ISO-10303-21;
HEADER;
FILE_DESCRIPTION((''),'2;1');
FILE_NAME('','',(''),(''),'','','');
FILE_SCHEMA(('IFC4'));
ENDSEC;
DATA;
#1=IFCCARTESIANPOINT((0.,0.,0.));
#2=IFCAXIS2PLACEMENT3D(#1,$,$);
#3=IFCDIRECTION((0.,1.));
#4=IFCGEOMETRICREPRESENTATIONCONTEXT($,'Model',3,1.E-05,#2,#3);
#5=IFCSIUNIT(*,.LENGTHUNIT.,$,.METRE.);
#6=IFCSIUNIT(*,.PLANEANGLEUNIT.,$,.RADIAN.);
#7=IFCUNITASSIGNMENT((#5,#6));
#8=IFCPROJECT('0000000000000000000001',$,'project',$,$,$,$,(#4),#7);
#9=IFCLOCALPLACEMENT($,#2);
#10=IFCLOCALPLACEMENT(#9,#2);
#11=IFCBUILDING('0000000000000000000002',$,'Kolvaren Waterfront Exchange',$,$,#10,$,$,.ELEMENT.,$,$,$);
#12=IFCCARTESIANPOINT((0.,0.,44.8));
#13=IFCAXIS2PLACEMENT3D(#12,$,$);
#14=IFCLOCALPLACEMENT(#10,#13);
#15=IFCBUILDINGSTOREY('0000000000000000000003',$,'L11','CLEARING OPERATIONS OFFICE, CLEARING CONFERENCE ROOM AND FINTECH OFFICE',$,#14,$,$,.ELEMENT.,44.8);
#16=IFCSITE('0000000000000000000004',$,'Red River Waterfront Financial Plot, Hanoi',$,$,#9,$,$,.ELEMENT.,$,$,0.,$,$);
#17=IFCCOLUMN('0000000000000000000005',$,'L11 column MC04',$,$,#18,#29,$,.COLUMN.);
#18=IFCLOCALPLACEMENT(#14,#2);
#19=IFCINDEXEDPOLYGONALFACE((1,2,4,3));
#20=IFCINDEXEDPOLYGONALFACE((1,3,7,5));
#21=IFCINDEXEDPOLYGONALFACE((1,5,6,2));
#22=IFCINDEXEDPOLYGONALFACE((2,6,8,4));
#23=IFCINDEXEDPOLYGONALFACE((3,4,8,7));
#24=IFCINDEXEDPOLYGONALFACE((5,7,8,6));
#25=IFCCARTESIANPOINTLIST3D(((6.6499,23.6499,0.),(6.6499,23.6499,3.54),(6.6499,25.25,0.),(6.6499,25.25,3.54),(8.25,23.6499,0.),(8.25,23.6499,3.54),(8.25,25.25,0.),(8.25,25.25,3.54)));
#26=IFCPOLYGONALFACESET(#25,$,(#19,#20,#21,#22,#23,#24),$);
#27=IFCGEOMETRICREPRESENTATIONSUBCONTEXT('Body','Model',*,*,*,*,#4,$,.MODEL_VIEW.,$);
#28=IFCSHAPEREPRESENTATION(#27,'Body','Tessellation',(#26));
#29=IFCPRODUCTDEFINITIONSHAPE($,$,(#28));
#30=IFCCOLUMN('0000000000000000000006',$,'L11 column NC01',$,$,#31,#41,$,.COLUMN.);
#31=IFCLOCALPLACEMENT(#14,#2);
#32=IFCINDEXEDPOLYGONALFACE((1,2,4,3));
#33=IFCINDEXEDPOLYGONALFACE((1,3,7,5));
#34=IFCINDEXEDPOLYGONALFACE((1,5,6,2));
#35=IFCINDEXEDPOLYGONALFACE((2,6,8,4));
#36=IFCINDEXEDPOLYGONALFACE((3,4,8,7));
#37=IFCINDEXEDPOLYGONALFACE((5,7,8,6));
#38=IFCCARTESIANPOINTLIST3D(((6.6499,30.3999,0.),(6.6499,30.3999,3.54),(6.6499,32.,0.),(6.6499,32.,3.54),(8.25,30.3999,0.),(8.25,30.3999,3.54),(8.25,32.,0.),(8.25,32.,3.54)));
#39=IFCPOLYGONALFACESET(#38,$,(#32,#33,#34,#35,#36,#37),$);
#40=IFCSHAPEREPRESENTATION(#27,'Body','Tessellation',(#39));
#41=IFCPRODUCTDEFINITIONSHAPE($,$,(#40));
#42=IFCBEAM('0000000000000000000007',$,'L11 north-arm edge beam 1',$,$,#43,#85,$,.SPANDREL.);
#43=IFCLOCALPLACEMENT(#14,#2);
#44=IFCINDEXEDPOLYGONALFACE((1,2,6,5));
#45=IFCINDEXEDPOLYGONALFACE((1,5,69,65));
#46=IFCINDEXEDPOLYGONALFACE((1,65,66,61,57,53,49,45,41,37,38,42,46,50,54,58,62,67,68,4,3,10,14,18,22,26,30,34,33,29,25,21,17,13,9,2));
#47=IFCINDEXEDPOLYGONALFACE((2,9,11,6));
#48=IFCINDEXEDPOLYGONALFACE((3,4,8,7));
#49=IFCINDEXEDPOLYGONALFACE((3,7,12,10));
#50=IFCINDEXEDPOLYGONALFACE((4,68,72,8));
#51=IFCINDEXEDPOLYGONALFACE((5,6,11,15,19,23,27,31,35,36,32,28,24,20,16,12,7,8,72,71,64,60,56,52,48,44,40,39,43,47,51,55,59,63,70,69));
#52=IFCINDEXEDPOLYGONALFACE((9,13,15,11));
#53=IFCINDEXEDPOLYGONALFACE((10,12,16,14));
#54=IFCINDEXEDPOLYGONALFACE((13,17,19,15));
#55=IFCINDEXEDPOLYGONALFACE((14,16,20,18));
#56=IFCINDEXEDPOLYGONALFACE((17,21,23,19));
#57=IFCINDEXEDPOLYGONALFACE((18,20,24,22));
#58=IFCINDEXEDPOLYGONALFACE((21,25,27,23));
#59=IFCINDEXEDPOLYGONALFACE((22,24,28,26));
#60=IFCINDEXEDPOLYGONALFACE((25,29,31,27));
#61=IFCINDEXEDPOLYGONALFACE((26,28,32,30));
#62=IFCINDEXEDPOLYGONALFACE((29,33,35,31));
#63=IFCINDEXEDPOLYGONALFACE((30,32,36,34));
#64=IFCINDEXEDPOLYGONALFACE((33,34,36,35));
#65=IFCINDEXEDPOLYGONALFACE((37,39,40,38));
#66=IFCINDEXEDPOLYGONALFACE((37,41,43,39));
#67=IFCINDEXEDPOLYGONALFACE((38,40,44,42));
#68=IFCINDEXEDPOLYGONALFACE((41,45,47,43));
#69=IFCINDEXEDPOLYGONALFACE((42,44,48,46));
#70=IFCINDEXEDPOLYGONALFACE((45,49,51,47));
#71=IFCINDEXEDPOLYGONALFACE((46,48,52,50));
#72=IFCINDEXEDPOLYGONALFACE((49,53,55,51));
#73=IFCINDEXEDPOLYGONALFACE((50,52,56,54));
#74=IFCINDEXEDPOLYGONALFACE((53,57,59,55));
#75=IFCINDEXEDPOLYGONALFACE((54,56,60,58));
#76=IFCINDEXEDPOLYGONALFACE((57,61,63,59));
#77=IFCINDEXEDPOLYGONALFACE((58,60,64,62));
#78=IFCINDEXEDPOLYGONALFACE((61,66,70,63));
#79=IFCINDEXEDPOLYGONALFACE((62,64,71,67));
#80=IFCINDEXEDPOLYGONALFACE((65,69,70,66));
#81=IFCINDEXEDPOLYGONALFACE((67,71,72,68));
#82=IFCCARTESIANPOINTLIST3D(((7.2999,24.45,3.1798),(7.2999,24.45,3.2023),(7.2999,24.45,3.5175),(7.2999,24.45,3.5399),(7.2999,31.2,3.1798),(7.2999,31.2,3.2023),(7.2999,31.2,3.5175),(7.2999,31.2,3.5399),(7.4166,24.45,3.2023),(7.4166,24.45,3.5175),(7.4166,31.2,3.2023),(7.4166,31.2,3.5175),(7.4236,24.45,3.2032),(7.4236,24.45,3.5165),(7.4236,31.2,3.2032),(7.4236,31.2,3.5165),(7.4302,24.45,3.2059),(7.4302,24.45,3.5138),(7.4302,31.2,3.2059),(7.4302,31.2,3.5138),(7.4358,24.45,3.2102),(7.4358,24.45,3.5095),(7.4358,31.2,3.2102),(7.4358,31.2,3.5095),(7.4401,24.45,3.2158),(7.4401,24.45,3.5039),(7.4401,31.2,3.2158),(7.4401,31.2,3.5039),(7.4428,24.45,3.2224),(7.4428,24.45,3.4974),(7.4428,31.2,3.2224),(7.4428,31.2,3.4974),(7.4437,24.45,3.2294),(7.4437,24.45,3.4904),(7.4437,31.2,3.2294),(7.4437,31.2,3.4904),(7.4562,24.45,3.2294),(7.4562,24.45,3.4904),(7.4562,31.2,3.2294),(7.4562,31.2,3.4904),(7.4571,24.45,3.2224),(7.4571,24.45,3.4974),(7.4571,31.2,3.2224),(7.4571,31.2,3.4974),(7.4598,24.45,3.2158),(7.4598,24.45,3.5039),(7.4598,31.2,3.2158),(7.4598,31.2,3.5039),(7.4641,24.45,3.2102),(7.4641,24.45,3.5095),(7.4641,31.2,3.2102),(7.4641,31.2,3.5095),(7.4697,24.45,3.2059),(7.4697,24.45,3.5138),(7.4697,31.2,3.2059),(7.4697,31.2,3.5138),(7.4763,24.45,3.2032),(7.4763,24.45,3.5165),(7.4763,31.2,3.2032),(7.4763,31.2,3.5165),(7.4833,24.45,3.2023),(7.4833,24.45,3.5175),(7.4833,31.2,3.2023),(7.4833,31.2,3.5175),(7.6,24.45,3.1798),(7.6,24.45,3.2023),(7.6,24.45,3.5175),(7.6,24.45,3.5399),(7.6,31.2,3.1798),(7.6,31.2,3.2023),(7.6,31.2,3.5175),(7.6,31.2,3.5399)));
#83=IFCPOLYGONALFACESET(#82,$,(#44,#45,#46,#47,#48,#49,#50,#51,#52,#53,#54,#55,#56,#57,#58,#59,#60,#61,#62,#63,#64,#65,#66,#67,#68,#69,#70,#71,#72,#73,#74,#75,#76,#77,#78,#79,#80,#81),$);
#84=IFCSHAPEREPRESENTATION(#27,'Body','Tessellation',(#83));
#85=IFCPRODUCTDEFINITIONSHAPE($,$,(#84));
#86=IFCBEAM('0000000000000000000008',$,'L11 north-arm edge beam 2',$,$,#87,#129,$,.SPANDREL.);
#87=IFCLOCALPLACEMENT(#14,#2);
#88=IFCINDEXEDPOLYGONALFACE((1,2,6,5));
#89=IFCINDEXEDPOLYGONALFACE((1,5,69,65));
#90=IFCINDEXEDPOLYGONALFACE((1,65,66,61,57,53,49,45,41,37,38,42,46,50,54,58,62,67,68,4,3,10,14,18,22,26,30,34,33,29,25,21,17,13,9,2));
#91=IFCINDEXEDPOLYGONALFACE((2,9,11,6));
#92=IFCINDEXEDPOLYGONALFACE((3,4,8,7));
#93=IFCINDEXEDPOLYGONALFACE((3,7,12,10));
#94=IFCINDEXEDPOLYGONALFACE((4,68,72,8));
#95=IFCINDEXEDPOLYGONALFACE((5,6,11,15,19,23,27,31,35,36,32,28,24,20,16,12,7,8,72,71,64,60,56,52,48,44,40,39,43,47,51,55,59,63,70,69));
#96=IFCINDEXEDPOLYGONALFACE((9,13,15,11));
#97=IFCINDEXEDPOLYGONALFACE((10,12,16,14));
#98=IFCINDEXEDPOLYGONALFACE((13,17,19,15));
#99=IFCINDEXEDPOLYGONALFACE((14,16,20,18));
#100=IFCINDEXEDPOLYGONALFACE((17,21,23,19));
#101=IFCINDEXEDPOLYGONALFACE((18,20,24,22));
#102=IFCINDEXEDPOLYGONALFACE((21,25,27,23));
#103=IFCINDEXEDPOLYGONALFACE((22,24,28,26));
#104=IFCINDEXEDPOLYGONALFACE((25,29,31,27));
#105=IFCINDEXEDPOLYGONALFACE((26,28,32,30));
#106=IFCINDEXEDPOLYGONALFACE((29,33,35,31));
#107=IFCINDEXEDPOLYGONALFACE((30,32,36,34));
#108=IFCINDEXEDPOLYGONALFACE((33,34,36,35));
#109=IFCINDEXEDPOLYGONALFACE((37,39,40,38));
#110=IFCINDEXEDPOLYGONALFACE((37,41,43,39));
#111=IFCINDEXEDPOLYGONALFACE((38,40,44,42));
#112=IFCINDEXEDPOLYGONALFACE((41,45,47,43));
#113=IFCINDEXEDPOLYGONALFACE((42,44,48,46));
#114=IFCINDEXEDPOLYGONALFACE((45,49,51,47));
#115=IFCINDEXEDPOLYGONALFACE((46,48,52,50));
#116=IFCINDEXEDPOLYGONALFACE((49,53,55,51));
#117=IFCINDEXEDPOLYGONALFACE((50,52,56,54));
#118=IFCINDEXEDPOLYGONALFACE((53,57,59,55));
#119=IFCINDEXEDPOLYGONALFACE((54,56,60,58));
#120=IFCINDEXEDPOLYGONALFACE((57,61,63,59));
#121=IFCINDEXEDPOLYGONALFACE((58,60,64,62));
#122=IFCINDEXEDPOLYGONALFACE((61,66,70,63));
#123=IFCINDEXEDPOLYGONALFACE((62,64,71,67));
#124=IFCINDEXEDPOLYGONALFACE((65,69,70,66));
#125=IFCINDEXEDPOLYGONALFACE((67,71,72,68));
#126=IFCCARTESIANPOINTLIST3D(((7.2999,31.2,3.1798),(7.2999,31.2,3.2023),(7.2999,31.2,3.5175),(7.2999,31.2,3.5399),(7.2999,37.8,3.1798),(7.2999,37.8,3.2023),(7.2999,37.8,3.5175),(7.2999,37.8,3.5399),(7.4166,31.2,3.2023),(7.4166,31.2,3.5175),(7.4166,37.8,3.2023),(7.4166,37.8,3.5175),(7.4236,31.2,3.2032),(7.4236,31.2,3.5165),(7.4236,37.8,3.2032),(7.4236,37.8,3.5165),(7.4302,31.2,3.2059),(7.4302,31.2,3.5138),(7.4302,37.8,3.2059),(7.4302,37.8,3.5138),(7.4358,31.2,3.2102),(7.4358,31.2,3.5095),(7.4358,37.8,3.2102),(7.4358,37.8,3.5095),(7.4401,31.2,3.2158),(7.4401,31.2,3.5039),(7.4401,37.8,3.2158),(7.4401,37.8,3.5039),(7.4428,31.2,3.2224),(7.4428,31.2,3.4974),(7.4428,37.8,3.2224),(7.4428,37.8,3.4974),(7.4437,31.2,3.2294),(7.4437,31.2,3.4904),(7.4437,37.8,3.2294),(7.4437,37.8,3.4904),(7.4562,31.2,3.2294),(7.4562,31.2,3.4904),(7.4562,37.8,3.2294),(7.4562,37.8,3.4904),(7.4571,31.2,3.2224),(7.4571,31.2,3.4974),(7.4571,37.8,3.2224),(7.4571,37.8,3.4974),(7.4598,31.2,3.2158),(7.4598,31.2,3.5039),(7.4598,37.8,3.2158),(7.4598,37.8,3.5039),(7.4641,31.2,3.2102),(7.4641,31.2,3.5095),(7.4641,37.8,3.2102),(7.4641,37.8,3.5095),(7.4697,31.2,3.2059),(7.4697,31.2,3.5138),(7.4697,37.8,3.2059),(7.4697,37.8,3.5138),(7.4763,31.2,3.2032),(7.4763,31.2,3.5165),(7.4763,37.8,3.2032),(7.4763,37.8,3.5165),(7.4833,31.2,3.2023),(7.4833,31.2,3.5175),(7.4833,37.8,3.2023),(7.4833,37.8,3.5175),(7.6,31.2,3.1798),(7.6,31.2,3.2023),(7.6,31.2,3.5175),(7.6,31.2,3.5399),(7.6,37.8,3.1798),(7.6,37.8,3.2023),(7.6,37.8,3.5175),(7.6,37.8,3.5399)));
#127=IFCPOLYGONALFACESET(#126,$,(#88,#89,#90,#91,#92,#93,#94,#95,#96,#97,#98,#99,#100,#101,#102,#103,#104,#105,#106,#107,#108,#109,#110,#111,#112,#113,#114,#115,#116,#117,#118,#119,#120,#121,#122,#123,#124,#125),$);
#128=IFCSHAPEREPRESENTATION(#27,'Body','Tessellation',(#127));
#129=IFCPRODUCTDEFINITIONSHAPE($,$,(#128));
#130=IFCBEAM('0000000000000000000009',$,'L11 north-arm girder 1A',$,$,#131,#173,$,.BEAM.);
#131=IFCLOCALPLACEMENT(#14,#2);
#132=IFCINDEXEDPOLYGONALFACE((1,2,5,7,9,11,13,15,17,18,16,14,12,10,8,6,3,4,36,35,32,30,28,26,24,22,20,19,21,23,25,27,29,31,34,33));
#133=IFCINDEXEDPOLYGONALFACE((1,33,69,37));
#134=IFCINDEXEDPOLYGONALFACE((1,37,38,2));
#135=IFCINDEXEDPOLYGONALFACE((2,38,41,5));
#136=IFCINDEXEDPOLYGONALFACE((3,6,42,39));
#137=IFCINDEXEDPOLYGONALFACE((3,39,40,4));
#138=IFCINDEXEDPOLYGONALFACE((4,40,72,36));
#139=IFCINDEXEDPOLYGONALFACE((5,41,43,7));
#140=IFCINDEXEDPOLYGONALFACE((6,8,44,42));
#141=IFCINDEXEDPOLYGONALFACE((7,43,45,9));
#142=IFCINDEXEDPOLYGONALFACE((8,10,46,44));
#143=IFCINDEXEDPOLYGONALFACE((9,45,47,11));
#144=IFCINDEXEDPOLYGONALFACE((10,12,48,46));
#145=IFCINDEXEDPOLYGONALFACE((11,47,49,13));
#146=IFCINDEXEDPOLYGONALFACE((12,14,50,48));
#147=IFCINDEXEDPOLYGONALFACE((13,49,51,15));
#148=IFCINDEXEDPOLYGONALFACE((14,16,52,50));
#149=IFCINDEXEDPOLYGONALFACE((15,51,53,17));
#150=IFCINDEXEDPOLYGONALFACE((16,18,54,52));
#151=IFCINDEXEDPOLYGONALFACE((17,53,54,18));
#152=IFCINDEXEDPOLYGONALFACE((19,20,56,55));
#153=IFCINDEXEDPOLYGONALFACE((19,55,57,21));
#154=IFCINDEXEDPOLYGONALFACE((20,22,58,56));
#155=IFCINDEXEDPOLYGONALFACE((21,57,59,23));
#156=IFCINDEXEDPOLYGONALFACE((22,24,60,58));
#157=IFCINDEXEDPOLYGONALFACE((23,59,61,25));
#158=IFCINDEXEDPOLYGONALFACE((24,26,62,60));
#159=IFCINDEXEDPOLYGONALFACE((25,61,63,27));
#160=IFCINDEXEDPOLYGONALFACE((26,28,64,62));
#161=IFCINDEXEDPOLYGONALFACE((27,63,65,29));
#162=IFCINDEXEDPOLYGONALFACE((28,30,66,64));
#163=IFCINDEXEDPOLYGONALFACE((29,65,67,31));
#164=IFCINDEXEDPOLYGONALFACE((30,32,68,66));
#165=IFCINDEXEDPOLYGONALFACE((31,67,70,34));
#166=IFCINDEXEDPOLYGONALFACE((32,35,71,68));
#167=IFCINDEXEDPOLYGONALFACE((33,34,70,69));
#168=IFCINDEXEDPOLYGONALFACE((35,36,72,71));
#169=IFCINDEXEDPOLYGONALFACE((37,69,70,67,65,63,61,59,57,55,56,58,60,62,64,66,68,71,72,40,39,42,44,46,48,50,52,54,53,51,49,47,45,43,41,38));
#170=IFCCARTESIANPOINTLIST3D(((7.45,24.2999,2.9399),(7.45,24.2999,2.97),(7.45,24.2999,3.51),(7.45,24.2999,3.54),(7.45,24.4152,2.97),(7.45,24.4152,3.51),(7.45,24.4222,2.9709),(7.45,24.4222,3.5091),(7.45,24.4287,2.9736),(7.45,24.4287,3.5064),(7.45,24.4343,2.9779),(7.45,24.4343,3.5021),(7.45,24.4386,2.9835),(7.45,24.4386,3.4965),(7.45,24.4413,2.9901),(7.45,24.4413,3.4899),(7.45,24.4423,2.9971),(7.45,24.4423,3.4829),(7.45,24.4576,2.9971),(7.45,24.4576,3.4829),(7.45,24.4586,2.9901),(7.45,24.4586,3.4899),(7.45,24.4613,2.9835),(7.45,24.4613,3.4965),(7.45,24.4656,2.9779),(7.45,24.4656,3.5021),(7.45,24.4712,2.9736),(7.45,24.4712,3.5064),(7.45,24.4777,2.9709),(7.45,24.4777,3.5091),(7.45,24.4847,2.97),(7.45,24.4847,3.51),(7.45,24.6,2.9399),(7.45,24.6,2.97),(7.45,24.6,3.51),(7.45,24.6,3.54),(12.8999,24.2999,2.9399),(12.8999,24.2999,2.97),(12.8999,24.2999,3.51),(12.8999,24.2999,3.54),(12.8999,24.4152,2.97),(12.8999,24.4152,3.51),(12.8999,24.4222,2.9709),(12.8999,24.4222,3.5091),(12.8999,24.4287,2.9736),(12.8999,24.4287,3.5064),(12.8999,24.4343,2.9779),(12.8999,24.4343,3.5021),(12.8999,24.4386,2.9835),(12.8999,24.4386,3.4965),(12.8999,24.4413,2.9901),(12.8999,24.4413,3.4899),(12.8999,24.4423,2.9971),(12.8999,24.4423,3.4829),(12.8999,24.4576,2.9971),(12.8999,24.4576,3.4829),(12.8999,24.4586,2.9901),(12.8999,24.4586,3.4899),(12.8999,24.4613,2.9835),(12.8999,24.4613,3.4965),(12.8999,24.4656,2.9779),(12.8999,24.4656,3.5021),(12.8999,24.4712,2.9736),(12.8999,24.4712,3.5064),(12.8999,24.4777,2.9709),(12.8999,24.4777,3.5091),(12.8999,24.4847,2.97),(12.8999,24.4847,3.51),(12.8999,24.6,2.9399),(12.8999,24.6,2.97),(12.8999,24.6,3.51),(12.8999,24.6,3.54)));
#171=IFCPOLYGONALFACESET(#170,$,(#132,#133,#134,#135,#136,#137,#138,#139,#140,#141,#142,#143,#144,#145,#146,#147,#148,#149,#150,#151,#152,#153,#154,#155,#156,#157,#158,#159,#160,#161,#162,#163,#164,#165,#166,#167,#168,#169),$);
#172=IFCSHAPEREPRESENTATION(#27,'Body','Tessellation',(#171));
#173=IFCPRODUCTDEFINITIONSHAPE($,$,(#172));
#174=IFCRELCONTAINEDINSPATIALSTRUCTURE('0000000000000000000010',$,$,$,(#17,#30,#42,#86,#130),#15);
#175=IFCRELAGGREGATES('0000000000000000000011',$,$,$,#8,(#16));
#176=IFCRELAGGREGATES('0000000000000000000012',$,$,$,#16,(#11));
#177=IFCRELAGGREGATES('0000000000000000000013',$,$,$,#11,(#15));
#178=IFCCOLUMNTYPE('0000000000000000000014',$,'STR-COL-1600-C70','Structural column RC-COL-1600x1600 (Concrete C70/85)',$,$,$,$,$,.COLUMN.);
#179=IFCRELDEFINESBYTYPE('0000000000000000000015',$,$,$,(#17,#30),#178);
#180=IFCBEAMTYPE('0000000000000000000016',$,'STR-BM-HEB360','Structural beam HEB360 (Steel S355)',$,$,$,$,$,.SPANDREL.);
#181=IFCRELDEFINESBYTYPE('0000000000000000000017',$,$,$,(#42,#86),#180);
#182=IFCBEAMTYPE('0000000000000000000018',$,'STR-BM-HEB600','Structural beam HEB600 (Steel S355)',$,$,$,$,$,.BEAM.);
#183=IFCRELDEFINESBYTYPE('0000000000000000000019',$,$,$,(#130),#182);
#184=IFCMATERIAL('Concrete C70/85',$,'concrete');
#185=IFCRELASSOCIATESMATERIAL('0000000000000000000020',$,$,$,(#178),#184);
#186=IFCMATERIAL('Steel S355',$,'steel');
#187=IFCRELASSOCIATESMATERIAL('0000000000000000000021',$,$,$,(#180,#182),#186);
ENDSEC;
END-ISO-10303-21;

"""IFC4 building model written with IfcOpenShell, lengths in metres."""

from ifc_helpers import new_model, si_unit, direction, frame, origin, origin_2d, place, context, subcontext, project, spatial, rectangle, i_section, extrude, material, material_profile, profile_set, type_object, element, save


model = new_model("IFC4")

# Units and contexts
model_context = context("Model", 3, precision=1e-05, world=origin(), true_north=direction((0.0, 1.0)))
body_context = subcontext(model_context, "Body", "Model", "MODEL_VIEW")
ifc_project = project(units=[si_unit("LENGTHUNIT", "METRE"), si_unit("PLANEANGLEUNIT", "RADIAN")], contexts=[model_context])

# Site, building, storey
site_placement = place(None, origin())
site = spatial("IfcSite", under=ifc_project, at=site_placement, Name="Red River Waterfront Financial Plot, Hanoi", CompositionType="ELEMENT", RefElevation=0.0)
building_placement = place(site_placement, origin())
building = spatial("IfcBuilding", under=site, at=building_placement, Name="Kolvaren Waterfront Exchange", CompositionType="ELEMENT")
storey_placement = place(building_placement, frame((0.0, 0.0, 44.8)))
storey = spatial("IfcBuildingStorey", under=building, at=storey_placement, Name="L11", Description="CLEARING OPERATIONS OFFICE, CLEARING CONFERENCE ROOM AND FINTECH OFFICE", CompositionType="ELEMENT", Elevation=44.8)

# Columns
ifc_material_1 = material(Name="Concrete C70/85", Category="concrete")
ifc_material_profile_1 = material_profile(ifc_material_1, rectangle(XDim=1.6001, YDim=1.6001, at=origin_2d()), Name="RC-COL-1600x1600")
ifc_profile_set_1 = profile_set([ifc_material_profile_1], Name="Concrete C70/85")
column_type = type_object("IfcColumnType", Name="STR-COL-1600-C70", Description="Structural column RC-COL-1600x1600 (Concrete C70/85)", PredefinedType="COLUMN", material=ifc_profile_set_1)
for number, where, z_axis, x_axis, name in (
    (1, (7.45, 24.45, 0.0), (0.0, 0.0, 1.0), (1.0, 0.0, 0.0), "L11 column MC04"),
    (2, (7.45, 31.2, 0.0), (0.0, 0.0, 1.0), (1.0, 0.0, 0.0), "L11 column NC01"),
):
    element("IfcColumn", number, at=place(storey_placement, frame(where, z_axis=z_axis, x_axis=x_axis)), inside=storey, type_object=column_type, Name=name, PredefinedType="COLUMN", context=body_context, shape_type="SweptSolid", body=[
        extrude(rectangle(XDim=1.6001, YDim=1.6001, at=origin_2d()), origin(), (0.0, 0.0, 1.0), 3.54),
    ])

# Beams
ifc_material_2 = material(Name="Steel S355", Category="steel")
ifc_material_profile_2 = material_profile(ifc_material_2, i_section(OverallWidth=0.3, OverallDepth=0.3601, WebThickness=0.0125, FlangeThickness=0.0225, FilletRadius=0.0271, at=origin_2d()), Name="HEB360")
ifc_profile_set_2 = profile_set([ifc_material_profile_2], Name="Steel S355")
beam_type_1 = type_object("IfcBeamType", Name="STR-BM-HEB360", Description="Structural beam HEB360 (Steel S355)", PredefinedType="SPANDREL", material=ifc_profile_set_2)
beam_1_placement = place(storey_placement, frame((7.45, 24.45, 3.3599), z_axis=(0.0, 1.0, 0.0), x_axis=(-1.0, 0.0, 0.0)))
element("IfcBeam", 3, at=beam_1_placement, inside=storey, type_object=beam_type_1, Name="L11 north-arm edge beam 1", PredefinedType="SPANDREL", context=body_context, shape_type="SweptSolid", body=[
    extrude(i_section(OverallWidth=0.3, OverallDepth=0.3601, WebThickness=0.0125, FlangeThickness=0.0225, FilletRadius=0.0271, at=origin_2d()), origin(), (0.0, 0.0, 1.0), 6.75),
])
beam_2_placement = place(storey_placement, frame((7.45, 31.2, 3.3599), z_axis=(0.0, 1.0, 0.0), x_axis=(-1.0, 0.0, 0.0)))
element("IfcBeam", 4, at=beam_2_placement, inside=storey, type_object=beam_type_1, Name="L11 north-arm edge beam 2", PredefinedType="SPANDREL", context=body_context, shape_type="SweptSolid", body=[
    extrude(i_section(OverallWidth=0.3, OverallDepth=0.3601, WebThickness=0.0125, FlangeThickness=0.0225, FilletRadius=0.0271, at=origin_2d()), origin(), (0.0, 0.0, 1.0), 6.6001),
])
ifc_material_profile_3 = material_profile(ifc_material_2, i_section(OverallWidth=0.3, OverallDepth=0.6001, WebThickness=0.0154, FlangeThickness=0.03, FilletRadius=0.0271, at=origin_2d()), Name="HEB600")
ifc_profile_set_3 = profile_set([ifc_material_profile_3], Name="Steel S355")
beam_type_2 = type_object("IfcBeamType", Name="STR-BM-HEB600", Description="Structural beam HEB600 (Steel S355)", PredefinedType="BEAM", material=ifc_profile_set_3)
for number, where, z_axis, x_axis, name in (
    (5, (7.45, 24.45, 3.24), (1.0, 0.0, 0.0), (0.0, 1.0, 0.0), "L11 north-arm girder 1A"),
):
    element("IfcBeam", number, at=place(storey_placement, frame(where, z_axis=z_axis, x_axis=x_axis)), inside=storey, type_object=beam_type_2, Name=name, PredefinedType="BEAM", context=body_context, shape_type="SweptSolid", body=[
        extrude(i_section(OverallWidth=0.3, OverallDepth=0.6001, WebThickness=0.0154, FlangeThickness=0.03, FilletRadius=0.0271, at=origin_2d()), origin(), (0.0, 0.0, 1.0), 5.45),
    ])

save(model, "model.ifc")
